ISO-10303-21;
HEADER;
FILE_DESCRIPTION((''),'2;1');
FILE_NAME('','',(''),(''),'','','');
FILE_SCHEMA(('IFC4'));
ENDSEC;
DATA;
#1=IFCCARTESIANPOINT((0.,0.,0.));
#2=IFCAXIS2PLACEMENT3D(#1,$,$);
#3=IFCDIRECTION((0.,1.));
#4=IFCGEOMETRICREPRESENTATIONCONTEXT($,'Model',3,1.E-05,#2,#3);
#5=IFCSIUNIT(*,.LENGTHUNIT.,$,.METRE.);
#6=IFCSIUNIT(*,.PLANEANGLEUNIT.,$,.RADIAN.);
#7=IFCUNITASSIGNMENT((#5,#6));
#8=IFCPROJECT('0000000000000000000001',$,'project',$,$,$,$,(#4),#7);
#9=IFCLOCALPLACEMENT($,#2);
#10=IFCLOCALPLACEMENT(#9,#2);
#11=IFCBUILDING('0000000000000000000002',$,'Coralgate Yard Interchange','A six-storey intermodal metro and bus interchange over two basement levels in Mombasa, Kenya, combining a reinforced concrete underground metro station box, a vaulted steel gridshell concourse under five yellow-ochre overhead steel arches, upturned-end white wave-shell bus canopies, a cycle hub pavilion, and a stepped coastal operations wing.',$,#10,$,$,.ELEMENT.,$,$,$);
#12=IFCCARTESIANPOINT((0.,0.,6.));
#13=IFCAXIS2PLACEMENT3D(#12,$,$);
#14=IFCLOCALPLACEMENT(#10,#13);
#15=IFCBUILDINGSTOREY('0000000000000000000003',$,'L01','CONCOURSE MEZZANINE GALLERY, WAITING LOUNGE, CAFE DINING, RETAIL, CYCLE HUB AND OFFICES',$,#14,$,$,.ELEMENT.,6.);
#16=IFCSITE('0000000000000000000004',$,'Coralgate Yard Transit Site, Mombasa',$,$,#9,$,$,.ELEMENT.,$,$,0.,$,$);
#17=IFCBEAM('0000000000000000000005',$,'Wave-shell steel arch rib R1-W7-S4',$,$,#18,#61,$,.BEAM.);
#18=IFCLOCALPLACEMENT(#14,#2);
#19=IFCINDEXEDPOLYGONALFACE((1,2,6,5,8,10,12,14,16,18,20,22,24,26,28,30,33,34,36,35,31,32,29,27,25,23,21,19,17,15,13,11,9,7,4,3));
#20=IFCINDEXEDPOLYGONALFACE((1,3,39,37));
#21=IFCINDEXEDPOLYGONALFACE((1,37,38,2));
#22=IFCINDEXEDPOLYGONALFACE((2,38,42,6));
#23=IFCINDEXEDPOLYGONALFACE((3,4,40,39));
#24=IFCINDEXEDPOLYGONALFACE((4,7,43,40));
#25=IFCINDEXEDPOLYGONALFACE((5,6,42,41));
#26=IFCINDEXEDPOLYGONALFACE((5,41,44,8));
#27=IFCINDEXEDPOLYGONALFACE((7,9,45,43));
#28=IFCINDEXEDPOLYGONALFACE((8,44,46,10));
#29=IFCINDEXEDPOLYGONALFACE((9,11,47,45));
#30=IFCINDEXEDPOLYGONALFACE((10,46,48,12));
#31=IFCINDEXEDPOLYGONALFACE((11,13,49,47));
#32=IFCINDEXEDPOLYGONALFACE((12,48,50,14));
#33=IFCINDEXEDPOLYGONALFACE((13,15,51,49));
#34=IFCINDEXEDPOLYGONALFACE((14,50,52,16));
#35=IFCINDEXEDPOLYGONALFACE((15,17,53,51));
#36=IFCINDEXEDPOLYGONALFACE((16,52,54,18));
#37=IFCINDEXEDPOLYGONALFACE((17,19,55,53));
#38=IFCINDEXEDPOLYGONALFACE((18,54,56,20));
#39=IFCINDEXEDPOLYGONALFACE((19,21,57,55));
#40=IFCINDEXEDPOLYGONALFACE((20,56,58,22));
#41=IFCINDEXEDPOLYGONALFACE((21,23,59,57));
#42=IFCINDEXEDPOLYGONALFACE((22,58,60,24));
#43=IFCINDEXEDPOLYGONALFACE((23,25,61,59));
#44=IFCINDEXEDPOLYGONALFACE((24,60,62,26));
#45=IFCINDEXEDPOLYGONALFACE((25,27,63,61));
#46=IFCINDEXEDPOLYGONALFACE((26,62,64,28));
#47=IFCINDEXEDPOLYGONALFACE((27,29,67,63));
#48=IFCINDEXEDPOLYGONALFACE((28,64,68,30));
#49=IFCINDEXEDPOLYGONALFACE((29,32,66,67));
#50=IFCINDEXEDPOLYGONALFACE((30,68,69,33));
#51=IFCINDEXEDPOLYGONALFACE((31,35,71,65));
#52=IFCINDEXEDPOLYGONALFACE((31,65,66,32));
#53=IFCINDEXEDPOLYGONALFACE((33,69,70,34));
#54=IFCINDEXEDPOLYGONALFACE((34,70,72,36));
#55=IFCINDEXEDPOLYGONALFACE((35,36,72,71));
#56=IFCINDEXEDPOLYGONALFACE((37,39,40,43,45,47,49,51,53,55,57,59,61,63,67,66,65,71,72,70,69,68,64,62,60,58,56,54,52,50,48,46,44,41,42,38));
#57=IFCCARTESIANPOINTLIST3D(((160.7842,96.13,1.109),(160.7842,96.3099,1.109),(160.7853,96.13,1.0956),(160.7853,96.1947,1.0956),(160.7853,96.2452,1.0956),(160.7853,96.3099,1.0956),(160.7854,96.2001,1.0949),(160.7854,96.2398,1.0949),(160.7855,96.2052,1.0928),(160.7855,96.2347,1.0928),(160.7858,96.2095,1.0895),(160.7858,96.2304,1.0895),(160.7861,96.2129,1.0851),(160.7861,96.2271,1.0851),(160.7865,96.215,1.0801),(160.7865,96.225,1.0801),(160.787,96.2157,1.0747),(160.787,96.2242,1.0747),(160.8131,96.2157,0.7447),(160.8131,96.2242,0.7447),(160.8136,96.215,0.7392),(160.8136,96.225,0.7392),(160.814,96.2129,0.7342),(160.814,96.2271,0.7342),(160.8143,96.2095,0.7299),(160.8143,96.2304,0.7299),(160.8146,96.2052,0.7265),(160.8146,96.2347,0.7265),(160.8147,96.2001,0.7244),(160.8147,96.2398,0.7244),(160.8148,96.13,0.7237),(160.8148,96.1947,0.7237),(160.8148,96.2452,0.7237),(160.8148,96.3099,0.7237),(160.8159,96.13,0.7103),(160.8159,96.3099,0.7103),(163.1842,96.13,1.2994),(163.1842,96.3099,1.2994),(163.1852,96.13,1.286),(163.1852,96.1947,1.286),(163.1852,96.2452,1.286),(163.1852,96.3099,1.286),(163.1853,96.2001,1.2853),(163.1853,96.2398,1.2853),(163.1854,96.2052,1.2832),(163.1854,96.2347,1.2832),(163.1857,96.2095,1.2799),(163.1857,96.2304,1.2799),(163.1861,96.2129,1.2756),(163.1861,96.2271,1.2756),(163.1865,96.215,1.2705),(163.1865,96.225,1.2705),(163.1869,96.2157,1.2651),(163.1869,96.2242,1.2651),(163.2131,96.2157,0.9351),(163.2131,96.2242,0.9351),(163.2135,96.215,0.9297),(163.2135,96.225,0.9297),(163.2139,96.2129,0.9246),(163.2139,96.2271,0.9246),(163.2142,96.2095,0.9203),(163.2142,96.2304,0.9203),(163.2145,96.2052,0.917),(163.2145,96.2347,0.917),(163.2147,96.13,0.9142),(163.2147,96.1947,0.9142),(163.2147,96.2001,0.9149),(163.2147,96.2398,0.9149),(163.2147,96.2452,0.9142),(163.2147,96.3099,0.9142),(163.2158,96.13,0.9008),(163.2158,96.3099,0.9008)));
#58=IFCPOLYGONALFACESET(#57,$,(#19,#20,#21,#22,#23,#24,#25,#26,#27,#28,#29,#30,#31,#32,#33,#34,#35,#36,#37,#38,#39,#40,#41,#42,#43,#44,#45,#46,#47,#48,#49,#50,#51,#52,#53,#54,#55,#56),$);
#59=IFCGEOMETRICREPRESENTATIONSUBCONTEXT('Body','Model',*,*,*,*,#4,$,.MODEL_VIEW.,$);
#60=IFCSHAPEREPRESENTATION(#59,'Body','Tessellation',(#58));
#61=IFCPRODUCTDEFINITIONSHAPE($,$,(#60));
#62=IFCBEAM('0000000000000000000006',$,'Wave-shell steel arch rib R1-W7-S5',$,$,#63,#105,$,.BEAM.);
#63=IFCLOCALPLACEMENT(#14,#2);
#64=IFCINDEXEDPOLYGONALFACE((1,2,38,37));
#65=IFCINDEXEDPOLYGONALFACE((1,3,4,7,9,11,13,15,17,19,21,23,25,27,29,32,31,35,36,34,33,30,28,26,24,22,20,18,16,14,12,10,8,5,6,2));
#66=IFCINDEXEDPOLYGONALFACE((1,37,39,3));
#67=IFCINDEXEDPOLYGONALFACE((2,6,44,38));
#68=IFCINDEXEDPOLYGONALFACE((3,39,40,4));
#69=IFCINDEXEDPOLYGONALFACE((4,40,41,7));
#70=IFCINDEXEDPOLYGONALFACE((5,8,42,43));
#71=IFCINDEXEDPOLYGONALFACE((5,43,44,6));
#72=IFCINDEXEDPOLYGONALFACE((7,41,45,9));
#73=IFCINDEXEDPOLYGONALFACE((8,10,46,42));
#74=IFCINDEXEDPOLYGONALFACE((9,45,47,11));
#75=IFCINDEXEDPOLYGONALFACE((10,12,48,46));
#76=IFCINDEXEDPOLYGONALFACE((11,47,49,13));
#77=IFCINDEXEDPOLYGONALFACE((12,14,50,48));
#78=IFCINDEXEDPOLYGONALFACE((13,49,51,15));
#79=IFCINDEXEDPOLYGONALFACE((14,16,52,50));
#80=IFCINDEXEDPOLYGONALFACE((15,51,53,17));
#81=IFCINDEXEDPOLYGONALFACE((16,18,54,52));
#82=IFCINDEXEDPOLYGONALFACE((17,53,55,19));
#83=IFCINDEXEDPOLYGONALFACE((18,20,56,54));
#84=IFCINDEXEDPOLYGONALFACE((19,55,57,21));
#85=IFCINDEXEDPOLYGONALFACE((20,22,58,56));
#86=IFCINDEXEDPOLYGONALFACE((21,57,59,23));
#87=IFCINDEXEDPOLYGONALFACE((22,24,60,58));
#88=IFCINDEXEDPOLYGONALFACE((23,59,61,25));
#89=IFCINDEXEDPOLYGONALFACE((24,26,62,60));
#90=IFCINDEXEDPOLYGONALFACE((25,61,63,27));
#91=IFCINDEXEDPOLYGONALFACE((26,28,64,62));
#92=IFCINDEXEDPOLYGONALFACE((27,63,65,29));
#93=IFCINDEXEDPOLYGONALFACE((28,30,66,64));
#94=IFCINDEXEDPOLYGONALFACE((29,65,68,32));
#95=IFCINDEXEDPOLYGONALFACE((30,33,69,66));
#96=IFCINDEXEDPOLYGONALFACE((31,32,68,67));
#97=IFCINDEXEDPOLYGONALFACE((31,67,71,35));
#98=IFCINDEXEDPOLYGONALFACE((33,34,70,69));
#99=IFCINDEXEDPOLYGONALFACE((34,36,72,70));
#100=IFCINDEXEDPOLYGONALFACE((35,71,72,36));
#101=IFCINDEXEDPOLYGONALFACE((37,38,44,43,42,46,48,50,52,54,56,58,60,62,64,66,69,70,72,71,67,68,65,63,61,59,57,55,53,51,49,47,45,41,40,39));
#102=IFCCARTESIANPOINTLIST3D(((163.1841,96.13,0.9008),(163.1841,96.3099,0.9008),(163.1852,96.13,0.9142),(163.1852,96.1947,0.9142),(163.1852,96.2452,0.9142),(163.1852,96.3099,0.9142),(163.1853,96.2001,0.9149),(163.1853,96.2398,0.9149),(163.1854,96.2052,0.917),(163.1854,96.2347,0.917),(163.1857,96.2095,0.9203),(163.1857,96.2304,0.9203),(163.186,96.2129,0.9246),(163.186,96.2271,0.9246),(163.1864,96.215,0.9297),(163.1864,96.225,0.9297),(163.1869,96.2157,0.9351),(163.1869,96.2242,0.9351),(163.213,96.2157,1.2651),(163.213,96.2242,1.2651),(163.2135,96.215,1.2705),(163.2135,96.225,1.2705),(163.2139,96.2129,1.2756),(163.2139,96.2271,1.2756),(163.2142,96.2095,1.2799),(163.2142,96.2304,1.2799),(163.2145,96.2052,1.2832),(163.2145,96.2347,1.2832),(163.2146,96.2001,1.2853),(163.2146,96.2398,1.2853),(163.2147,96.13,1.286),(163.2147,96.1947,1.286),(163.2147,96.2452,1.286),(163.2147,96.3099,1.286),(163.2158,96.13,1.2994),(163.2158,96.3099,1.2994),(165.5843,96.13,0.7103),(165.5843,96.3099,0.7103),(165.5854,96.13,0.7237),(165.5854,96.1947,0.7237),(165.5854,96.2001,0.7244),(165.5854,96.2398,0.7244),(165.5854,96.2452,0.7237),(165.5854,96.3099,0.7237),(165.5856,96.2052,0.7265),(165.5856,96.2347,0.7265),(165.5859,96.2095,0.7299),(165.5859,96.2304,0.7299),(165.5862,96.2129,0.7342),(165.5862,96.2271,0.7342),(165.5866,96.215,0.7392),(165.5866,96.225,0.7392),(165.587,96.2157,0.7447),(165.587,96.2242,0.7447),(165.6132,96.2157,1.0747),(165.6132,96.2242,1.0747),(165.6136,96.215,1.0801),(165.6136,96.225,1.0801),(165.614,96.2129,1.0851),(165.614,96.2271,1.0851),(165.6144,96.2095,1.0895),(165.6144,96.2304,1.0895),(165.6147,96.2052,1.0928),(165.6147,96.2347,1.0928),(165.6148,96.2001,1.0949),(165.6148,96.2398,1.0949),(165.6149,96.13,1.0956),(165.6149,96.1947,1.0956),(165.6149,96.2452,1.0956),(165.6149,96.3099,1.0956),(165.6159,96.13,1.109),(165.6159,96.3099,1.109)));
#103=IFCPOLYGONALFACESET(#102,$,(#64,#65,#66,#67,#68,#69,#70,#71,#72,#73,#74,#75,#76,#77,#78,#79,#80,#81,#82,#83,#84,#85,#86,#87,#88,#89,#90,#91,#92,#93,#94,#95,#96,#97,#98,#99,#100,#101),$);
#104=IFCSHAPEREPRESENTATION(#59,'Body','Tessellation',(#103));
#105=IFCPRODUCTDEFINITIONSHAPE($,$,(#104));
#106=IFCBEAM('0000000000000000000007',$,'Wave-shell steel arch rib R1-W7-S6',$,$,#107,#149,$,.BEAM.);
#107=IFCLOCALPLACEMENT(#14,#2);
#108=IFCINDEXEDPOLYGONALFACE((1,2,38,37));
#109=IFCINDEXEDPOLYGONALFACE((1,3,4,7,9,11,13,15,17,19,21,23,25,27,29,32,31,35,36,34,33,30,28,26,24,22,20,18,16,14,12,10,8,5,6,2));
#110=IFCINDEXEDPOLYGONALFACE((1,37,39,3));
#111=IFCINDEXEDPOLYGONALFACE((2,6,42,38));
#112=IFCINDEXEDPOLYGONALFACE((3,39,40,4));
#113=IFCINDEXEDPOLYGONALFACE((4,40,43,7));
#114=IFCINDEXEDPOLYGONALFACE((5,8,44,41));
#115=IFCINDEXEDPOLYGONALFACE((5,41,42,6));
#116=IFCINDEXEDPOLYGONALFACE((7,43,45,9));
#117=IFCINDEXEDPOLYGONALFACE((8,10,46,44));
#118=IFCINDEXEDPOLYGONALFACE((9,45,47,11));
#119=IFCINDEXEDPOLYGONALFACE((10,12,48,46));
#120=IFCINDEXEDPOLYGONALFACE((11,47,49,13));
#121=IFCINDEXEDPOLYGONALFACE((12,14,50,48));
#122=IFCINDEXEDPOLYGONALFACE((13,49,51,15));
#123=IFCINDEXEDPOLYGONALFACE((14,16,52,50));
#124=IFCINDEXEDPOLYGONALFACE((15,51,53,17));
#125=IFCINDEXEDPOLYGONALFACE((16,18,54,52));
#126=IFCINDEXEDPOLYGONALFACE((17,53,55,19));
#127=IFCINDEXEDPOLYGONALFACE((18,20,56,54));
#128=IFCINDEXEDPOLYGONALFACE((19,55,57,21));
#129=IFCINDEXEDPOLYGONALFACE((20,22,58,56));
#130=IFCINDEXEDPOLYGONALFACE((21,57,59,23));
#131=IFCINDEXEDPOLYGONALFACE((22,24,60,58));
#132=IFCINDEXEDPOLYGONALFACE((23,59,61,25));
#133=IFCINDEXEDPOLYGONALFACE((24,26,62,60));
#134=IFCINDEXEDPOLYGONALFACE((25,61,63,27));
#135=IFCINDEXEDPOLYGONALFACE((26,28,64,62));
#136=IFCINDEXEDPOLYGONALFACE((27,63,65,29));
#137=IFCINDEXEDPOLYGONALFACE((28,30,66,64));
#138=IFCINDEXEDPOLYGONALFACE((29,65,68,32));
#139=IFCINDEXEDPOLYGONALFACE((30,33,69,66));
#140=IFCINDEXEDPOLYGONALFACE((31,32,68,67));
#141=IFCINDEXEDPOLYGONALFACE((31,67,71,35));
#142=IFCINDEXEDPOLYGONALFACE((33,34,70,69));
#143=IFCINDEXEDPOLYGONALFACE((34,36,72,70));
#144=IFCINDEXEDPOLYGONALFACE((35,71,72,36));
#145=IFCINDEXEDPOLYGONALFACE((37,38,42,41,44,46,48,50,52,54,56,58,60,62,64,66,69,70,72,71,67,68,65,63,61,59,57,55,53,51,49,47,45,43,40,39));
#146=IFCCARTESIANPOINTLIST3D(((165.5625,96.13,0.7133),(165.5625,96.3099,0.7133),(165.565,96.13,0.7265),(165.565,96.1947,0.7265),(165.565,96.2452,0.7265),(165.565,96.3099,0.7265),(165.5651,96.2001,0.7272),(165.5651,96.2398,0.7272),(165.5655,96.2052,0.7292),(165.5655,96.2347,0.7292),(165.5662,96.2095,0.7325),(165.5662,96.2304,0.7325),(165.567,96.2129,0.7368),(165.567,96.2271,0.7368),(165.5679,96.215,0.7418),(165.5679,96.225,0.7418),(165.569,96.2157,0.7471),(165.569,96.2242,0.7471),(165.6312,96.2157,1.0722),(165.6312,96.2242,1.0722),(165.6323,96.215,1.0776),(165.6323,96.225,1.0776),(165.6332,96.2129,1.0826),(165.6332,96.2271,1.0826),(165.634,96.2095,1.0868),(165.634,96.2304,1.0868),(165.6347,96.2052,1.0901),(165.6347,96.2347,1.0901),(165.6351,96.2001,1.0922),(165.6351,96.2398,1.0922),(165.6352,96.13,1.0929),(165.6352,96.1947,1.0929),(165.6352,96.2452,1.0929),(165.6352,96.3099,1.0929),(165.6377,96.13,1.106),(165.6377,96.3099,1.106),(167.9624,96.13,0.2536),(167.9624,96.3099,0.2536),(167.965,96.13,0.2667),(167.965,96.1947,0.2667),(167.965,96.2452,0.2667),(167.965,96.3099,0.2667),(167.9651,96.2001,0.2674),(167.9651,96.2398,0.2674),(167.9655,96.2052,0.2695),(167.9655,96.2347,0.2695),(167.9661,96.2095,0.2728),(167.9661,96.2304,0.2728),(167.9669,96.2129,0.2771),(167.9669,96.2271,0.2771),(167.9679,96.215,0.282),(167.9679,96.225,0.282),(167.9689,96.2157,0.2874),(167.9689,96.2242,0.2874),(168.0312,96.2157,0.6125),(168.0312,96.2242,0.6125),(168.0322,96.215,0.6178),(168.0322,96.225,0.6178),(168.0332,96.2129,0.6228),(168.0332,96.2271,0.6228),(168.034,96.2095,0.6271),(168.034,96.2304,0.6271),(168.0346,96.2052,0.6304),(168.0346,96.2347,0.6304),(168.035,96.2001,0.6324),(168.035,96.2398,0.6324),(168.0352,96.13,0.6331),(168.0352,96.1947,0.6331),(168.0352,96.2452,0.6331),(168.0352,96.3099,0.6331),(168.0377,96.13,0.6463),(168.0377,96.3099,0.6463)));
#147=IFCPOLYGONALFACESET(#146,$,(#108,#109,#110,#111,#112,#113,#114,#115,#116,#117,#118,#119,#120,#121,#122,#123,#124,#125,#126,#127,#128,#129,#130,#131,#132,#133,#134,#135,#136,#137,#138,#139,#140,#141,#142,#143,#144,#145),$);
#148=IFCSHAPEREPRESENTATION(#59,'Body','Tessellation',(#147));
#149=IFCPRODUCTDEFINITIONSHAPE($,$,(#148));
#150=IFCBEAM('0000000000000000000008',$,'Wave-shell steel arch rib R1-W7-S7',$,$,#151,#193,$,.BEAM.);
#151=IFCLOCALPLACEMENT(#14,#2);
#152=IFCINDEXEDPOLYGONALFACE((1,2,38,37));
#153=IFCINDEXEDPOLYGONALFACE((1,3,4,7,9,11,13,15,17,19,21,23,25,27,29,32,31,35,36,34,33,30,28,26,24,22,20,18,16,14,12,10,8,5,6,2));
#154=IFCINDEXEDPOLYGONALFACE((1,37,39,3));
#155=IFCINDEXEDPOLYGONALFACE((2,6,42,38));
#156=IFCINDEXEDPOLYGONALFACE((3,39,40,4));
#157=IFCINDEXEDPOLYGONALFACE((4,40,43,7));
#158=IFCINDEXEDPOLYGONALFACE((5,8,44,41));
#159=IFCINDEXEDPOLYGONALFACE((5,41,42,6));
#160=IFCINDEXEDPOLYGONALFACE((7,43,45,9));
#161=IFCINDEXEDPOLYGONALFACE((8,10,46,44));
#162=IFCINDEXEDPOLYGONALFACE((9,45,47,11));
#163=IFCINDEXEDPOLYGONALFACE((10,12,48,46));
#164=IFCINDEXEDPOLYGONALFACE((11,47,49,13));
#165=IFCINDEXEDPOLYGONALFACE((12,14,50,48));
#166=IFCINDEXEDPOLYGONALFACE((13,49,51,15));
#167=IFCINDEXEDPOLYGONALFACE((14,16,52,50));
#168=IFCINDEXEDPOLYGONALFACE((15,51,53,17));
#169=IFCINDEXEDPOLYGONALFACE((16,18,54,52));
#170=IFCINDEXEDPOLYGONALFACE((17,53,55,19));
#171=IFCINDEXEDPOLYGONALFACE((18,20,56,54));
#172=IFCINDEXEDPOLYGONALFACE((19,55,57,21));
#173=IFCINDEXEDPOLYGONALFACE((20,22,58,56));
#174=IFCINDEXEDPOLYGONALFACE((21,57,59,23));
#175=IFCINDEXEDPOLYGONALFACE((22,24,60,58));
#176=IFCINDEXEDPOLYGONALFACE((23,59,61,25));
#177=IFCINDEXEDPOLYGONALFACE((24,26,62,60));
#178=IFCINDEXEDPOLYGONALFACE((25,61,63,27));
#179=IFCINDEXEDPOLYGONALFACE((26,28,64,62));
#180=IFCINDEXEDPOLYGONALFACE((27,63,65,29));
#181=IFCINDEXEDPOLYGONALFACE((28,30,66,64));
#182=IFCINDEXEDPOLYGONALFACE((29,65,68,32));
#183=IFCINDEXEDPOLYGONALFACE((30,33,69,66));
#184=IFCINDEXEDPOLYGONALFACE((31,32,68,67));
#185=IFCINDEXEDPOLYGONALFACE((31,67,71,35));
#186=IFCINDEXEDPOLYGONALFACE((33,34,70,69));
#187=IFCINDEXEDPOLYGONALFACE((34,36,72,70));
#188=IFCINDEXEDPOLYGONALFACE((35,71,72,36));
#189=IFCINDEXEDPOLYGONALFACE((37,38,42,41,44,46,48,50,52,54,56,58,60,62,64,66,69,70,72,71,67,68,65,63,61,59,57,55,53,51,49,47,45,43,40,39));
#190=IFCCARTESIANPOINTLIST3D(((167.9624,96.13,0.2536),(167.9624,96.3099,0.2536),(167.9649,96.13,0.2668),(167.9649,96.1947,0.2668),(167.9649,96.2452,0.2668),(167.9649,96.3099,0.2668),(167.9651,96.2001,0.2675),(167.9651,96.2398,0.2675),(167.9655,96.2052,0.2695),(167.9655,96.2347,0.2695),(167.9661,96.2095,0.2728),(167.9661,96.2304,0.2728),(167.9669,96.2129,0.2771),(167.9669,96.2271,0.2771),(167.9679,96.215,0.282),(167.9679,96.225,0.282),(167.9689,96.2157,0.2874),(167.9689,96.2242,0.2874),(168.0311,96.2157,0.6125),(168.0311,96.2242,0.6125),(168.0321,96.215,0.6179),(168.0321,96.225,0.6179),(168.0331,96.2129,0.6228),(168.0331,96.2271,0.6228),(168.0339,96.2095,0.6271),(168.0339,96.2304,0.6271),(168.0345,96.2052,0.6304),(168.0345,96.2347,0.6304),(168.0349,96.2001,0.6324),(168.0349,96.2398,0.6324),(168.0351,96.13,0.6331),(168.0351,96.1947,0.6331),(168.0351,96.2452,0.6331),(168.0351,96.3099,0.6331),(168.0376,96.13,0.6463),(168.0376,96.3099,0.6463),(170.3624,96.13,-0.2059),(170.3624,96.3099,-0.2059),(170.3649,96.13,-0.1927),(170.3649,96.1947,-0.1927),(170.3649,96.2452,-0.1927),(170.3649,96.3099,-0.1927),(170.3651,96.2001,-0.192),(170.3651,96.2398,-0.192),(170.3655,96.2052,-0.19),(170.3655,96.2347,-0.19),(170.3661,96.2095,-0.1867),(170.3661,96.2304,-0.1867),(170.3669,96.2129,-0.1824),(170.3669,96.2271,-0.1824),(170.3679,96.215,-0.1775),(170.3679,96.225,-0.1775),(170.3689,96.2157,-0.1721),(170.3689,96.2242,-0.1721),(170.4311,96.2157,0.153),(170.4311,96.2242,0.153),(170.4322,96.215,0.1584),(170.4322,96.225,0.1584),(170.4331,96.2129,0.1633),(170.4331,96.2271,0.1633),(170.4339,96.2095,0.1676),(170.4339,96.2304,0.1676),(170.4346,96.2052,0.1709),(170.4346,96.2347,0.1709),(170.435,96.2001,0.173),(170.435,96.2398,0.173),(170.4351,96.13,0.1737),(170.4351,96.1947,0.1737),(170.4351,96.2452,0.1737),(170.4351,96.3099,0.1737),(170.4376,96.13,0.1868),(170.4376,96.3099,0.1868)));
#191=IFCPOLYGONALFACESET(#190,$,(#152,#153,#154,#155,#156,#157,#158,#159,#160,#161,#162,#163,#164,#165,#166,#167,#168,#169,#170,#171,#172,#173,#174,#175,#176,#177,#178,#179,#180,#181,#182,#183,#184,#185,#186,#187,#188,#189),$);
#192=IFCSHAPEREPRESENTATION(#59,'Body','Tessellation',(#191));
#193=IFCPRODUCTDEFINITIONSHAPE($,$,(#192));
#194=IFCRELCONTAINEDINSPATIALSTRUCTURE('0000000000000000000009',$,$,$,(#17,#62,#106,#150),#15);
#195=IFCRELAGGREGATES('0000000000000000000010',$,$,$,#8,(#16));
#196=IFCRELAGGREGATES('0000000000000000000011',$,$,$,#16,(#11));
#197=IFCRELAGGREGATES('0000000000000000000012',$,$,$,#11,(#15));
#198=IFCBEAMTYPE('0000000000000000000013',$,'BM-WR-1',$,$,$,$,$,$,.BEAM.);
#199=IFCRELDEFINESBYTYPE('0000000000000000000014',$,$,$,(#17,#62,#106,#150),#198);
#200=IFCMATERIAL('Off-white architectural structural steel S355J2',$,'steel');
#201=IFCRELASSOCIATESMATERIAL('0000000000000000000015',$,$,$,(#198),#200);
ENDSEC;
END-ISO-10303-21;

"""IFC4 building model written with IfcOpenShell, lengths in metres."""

from ifc_helpers import new_model, si_unit, direction, frame, origin, origin_2d, place, context, subcontext, project, spatial, i_section, extrude, material, material_profile, profile_set, type_object, element, save


model = new_model("IFC4")

# Units and contexts
model_context = context("Model", 3, precision=1e-05, world=origin(), true_north=direction((0.0, 1.0)))
body_context = subcontext(model_context, "Body", "Model", "MODEL_VIEW")
ifc_project = project(units=[si_unit("LENGTHUNIT", "METRE"), si_unit("PLANEANGLEUNIT", "RADIAN")], contexts=[model_context])

# Site, building, storey
site_placement = place(None, origin())
site = spatial("IfcSite", under=ifc_project, at=site_placement, Name="Coralgate Yard Transit Site, Mombasa", CompositionType="ELEMENT", RefElevation=0.0)
building_placement = place(site_placement, origin())
building = spatial("IfcBuilding", under=site, at=building_placement, Name="Coralgate Yard Interchange", Description="A six-storey intermodal metro and bus interchange over two basement levels in Mombasa, Kenya, combining a reinforced concrete underground metro station box, a vaulted steel gridshell concourse under five yellow-ochre overhead steel arches, upturned-end white wave-shell bus canopies, a cycle hub pavilion, and a stepped coastal operations wing.", CompositionType="ELEMENT")
storey_placement = place(building_placement, frame((0.0, 0.0, 6.0)))
storey = spatial("IfcBuildingStorey", under=building, at=storey_placement, Name="L01", Description="CONCOURSE MEZZANINE GALLERY, WAITING LOUNGE, CAFE DINING, RETAIL, CYCLE HUB AND OFFICES", CompositionType="ELEMENT", Elevation=6.0)

# Beams
ifc_material_1 = material(Name="Off-white architectural structural steel S355J2", Category="steel")
ifc_material_profile_1 = material_profile(ifc_material_1, i_section(OverallWidth=0.1799, OverallDepth=0.3999, WebThickness=0.0085, FlangeThickness=0.0134, FilletRadius=0.021, at=origin_2d()), Name="IPE 400")
ifc_profile_set_1 = profile_set([ifc_material_profile_1], Name="Off-white architectural structural steel S355J2")
beam_type_1 = type_object("IfcBeamType", Name="BM-WR-1", PredefinedType="BEAM", material=ifc_profile_set_1)
beam_1_placement = place(storey_placement, frame((160.8, 96.22, 0.9097), z_axis=(0.996867, 0.0, 0.0791), x_axis=(0.0, 1.0, 0.0)))
element("IfcBeam", 1, at=beam_1_placement, inside=storey, type_object=beam_type_1, Name="Wave-shell steel arch rib R1-W7-S4", PredefinedType="BEAM", context=body_context, shape_type="SweptSolid", body=[
    extrude(i_section(OverallWidth=0.1799, OverallDepth=0.3999, WebThickness=0.0085, FlangeThickness=0.0134, FilletRadius=0.021, at=origin_2d()), origin(), (0.0, 0.0, 1.0), 2.4075),
])
beam_2_placement = place(storey_placement, frame((163.2, 96.22, 1.1001), z_axis=(0.996867, 0.0, -0.079092), x_axis=(0.0, 1.0, 0.0)))
element("IfcBeam", 2, at=beam_2_placement, inside=storey, type_object=beam_type_1, Name="Wave-shell steel arch rib R1-W7-S5", PredefinedType="BEAM", context=body_context, shape_type="SweptSolid", body=[
    extrude(i_section(OverallWidth=0.1799, OverallDepth=0.3999, WebThickness=0.0085, FlangeThickness=0.0134, FilletRadius=0.021, at=origin_2d()), origin(), (0.0, 0.0, 1.0), 2.4077),
])
for number, where, z_axis, x_axis, name in (
    (3, (165.6001, 96.22, 0.9097), (0.982143, 0.0, -0.188136), (0.0, 1.0, 0.0), "Wave-shell steel arch rib R1-W7-S6"),
    (4, (168.0, 96.22, 0.45), (0.982161, 0.0, -0.188039), (0.0, 1.0, 0.0), "Wave-shell steel arch rib R1-W7-S7"),
):
    element("IfcBeam", number, at=place(storey_placement, frame(where, z_axis=z_axis, x_axis=x_axis)), inside=storey, type_object=beam_type_1, Name=name, PredefinedType="BEAM", context=body_context, shape_type="SweptSolid", body=[
        extrude(i_section(OverallWidth=0.1799, OverallDepth=0.3999, WebThickness=0.0085, FlangeThickness=0.0134, FilletRadius=0.021, at=origin_2d()), origin(), (0.0, 0.0, 1.0), 2.4436),
    ])

save(model, "model.ifc")
